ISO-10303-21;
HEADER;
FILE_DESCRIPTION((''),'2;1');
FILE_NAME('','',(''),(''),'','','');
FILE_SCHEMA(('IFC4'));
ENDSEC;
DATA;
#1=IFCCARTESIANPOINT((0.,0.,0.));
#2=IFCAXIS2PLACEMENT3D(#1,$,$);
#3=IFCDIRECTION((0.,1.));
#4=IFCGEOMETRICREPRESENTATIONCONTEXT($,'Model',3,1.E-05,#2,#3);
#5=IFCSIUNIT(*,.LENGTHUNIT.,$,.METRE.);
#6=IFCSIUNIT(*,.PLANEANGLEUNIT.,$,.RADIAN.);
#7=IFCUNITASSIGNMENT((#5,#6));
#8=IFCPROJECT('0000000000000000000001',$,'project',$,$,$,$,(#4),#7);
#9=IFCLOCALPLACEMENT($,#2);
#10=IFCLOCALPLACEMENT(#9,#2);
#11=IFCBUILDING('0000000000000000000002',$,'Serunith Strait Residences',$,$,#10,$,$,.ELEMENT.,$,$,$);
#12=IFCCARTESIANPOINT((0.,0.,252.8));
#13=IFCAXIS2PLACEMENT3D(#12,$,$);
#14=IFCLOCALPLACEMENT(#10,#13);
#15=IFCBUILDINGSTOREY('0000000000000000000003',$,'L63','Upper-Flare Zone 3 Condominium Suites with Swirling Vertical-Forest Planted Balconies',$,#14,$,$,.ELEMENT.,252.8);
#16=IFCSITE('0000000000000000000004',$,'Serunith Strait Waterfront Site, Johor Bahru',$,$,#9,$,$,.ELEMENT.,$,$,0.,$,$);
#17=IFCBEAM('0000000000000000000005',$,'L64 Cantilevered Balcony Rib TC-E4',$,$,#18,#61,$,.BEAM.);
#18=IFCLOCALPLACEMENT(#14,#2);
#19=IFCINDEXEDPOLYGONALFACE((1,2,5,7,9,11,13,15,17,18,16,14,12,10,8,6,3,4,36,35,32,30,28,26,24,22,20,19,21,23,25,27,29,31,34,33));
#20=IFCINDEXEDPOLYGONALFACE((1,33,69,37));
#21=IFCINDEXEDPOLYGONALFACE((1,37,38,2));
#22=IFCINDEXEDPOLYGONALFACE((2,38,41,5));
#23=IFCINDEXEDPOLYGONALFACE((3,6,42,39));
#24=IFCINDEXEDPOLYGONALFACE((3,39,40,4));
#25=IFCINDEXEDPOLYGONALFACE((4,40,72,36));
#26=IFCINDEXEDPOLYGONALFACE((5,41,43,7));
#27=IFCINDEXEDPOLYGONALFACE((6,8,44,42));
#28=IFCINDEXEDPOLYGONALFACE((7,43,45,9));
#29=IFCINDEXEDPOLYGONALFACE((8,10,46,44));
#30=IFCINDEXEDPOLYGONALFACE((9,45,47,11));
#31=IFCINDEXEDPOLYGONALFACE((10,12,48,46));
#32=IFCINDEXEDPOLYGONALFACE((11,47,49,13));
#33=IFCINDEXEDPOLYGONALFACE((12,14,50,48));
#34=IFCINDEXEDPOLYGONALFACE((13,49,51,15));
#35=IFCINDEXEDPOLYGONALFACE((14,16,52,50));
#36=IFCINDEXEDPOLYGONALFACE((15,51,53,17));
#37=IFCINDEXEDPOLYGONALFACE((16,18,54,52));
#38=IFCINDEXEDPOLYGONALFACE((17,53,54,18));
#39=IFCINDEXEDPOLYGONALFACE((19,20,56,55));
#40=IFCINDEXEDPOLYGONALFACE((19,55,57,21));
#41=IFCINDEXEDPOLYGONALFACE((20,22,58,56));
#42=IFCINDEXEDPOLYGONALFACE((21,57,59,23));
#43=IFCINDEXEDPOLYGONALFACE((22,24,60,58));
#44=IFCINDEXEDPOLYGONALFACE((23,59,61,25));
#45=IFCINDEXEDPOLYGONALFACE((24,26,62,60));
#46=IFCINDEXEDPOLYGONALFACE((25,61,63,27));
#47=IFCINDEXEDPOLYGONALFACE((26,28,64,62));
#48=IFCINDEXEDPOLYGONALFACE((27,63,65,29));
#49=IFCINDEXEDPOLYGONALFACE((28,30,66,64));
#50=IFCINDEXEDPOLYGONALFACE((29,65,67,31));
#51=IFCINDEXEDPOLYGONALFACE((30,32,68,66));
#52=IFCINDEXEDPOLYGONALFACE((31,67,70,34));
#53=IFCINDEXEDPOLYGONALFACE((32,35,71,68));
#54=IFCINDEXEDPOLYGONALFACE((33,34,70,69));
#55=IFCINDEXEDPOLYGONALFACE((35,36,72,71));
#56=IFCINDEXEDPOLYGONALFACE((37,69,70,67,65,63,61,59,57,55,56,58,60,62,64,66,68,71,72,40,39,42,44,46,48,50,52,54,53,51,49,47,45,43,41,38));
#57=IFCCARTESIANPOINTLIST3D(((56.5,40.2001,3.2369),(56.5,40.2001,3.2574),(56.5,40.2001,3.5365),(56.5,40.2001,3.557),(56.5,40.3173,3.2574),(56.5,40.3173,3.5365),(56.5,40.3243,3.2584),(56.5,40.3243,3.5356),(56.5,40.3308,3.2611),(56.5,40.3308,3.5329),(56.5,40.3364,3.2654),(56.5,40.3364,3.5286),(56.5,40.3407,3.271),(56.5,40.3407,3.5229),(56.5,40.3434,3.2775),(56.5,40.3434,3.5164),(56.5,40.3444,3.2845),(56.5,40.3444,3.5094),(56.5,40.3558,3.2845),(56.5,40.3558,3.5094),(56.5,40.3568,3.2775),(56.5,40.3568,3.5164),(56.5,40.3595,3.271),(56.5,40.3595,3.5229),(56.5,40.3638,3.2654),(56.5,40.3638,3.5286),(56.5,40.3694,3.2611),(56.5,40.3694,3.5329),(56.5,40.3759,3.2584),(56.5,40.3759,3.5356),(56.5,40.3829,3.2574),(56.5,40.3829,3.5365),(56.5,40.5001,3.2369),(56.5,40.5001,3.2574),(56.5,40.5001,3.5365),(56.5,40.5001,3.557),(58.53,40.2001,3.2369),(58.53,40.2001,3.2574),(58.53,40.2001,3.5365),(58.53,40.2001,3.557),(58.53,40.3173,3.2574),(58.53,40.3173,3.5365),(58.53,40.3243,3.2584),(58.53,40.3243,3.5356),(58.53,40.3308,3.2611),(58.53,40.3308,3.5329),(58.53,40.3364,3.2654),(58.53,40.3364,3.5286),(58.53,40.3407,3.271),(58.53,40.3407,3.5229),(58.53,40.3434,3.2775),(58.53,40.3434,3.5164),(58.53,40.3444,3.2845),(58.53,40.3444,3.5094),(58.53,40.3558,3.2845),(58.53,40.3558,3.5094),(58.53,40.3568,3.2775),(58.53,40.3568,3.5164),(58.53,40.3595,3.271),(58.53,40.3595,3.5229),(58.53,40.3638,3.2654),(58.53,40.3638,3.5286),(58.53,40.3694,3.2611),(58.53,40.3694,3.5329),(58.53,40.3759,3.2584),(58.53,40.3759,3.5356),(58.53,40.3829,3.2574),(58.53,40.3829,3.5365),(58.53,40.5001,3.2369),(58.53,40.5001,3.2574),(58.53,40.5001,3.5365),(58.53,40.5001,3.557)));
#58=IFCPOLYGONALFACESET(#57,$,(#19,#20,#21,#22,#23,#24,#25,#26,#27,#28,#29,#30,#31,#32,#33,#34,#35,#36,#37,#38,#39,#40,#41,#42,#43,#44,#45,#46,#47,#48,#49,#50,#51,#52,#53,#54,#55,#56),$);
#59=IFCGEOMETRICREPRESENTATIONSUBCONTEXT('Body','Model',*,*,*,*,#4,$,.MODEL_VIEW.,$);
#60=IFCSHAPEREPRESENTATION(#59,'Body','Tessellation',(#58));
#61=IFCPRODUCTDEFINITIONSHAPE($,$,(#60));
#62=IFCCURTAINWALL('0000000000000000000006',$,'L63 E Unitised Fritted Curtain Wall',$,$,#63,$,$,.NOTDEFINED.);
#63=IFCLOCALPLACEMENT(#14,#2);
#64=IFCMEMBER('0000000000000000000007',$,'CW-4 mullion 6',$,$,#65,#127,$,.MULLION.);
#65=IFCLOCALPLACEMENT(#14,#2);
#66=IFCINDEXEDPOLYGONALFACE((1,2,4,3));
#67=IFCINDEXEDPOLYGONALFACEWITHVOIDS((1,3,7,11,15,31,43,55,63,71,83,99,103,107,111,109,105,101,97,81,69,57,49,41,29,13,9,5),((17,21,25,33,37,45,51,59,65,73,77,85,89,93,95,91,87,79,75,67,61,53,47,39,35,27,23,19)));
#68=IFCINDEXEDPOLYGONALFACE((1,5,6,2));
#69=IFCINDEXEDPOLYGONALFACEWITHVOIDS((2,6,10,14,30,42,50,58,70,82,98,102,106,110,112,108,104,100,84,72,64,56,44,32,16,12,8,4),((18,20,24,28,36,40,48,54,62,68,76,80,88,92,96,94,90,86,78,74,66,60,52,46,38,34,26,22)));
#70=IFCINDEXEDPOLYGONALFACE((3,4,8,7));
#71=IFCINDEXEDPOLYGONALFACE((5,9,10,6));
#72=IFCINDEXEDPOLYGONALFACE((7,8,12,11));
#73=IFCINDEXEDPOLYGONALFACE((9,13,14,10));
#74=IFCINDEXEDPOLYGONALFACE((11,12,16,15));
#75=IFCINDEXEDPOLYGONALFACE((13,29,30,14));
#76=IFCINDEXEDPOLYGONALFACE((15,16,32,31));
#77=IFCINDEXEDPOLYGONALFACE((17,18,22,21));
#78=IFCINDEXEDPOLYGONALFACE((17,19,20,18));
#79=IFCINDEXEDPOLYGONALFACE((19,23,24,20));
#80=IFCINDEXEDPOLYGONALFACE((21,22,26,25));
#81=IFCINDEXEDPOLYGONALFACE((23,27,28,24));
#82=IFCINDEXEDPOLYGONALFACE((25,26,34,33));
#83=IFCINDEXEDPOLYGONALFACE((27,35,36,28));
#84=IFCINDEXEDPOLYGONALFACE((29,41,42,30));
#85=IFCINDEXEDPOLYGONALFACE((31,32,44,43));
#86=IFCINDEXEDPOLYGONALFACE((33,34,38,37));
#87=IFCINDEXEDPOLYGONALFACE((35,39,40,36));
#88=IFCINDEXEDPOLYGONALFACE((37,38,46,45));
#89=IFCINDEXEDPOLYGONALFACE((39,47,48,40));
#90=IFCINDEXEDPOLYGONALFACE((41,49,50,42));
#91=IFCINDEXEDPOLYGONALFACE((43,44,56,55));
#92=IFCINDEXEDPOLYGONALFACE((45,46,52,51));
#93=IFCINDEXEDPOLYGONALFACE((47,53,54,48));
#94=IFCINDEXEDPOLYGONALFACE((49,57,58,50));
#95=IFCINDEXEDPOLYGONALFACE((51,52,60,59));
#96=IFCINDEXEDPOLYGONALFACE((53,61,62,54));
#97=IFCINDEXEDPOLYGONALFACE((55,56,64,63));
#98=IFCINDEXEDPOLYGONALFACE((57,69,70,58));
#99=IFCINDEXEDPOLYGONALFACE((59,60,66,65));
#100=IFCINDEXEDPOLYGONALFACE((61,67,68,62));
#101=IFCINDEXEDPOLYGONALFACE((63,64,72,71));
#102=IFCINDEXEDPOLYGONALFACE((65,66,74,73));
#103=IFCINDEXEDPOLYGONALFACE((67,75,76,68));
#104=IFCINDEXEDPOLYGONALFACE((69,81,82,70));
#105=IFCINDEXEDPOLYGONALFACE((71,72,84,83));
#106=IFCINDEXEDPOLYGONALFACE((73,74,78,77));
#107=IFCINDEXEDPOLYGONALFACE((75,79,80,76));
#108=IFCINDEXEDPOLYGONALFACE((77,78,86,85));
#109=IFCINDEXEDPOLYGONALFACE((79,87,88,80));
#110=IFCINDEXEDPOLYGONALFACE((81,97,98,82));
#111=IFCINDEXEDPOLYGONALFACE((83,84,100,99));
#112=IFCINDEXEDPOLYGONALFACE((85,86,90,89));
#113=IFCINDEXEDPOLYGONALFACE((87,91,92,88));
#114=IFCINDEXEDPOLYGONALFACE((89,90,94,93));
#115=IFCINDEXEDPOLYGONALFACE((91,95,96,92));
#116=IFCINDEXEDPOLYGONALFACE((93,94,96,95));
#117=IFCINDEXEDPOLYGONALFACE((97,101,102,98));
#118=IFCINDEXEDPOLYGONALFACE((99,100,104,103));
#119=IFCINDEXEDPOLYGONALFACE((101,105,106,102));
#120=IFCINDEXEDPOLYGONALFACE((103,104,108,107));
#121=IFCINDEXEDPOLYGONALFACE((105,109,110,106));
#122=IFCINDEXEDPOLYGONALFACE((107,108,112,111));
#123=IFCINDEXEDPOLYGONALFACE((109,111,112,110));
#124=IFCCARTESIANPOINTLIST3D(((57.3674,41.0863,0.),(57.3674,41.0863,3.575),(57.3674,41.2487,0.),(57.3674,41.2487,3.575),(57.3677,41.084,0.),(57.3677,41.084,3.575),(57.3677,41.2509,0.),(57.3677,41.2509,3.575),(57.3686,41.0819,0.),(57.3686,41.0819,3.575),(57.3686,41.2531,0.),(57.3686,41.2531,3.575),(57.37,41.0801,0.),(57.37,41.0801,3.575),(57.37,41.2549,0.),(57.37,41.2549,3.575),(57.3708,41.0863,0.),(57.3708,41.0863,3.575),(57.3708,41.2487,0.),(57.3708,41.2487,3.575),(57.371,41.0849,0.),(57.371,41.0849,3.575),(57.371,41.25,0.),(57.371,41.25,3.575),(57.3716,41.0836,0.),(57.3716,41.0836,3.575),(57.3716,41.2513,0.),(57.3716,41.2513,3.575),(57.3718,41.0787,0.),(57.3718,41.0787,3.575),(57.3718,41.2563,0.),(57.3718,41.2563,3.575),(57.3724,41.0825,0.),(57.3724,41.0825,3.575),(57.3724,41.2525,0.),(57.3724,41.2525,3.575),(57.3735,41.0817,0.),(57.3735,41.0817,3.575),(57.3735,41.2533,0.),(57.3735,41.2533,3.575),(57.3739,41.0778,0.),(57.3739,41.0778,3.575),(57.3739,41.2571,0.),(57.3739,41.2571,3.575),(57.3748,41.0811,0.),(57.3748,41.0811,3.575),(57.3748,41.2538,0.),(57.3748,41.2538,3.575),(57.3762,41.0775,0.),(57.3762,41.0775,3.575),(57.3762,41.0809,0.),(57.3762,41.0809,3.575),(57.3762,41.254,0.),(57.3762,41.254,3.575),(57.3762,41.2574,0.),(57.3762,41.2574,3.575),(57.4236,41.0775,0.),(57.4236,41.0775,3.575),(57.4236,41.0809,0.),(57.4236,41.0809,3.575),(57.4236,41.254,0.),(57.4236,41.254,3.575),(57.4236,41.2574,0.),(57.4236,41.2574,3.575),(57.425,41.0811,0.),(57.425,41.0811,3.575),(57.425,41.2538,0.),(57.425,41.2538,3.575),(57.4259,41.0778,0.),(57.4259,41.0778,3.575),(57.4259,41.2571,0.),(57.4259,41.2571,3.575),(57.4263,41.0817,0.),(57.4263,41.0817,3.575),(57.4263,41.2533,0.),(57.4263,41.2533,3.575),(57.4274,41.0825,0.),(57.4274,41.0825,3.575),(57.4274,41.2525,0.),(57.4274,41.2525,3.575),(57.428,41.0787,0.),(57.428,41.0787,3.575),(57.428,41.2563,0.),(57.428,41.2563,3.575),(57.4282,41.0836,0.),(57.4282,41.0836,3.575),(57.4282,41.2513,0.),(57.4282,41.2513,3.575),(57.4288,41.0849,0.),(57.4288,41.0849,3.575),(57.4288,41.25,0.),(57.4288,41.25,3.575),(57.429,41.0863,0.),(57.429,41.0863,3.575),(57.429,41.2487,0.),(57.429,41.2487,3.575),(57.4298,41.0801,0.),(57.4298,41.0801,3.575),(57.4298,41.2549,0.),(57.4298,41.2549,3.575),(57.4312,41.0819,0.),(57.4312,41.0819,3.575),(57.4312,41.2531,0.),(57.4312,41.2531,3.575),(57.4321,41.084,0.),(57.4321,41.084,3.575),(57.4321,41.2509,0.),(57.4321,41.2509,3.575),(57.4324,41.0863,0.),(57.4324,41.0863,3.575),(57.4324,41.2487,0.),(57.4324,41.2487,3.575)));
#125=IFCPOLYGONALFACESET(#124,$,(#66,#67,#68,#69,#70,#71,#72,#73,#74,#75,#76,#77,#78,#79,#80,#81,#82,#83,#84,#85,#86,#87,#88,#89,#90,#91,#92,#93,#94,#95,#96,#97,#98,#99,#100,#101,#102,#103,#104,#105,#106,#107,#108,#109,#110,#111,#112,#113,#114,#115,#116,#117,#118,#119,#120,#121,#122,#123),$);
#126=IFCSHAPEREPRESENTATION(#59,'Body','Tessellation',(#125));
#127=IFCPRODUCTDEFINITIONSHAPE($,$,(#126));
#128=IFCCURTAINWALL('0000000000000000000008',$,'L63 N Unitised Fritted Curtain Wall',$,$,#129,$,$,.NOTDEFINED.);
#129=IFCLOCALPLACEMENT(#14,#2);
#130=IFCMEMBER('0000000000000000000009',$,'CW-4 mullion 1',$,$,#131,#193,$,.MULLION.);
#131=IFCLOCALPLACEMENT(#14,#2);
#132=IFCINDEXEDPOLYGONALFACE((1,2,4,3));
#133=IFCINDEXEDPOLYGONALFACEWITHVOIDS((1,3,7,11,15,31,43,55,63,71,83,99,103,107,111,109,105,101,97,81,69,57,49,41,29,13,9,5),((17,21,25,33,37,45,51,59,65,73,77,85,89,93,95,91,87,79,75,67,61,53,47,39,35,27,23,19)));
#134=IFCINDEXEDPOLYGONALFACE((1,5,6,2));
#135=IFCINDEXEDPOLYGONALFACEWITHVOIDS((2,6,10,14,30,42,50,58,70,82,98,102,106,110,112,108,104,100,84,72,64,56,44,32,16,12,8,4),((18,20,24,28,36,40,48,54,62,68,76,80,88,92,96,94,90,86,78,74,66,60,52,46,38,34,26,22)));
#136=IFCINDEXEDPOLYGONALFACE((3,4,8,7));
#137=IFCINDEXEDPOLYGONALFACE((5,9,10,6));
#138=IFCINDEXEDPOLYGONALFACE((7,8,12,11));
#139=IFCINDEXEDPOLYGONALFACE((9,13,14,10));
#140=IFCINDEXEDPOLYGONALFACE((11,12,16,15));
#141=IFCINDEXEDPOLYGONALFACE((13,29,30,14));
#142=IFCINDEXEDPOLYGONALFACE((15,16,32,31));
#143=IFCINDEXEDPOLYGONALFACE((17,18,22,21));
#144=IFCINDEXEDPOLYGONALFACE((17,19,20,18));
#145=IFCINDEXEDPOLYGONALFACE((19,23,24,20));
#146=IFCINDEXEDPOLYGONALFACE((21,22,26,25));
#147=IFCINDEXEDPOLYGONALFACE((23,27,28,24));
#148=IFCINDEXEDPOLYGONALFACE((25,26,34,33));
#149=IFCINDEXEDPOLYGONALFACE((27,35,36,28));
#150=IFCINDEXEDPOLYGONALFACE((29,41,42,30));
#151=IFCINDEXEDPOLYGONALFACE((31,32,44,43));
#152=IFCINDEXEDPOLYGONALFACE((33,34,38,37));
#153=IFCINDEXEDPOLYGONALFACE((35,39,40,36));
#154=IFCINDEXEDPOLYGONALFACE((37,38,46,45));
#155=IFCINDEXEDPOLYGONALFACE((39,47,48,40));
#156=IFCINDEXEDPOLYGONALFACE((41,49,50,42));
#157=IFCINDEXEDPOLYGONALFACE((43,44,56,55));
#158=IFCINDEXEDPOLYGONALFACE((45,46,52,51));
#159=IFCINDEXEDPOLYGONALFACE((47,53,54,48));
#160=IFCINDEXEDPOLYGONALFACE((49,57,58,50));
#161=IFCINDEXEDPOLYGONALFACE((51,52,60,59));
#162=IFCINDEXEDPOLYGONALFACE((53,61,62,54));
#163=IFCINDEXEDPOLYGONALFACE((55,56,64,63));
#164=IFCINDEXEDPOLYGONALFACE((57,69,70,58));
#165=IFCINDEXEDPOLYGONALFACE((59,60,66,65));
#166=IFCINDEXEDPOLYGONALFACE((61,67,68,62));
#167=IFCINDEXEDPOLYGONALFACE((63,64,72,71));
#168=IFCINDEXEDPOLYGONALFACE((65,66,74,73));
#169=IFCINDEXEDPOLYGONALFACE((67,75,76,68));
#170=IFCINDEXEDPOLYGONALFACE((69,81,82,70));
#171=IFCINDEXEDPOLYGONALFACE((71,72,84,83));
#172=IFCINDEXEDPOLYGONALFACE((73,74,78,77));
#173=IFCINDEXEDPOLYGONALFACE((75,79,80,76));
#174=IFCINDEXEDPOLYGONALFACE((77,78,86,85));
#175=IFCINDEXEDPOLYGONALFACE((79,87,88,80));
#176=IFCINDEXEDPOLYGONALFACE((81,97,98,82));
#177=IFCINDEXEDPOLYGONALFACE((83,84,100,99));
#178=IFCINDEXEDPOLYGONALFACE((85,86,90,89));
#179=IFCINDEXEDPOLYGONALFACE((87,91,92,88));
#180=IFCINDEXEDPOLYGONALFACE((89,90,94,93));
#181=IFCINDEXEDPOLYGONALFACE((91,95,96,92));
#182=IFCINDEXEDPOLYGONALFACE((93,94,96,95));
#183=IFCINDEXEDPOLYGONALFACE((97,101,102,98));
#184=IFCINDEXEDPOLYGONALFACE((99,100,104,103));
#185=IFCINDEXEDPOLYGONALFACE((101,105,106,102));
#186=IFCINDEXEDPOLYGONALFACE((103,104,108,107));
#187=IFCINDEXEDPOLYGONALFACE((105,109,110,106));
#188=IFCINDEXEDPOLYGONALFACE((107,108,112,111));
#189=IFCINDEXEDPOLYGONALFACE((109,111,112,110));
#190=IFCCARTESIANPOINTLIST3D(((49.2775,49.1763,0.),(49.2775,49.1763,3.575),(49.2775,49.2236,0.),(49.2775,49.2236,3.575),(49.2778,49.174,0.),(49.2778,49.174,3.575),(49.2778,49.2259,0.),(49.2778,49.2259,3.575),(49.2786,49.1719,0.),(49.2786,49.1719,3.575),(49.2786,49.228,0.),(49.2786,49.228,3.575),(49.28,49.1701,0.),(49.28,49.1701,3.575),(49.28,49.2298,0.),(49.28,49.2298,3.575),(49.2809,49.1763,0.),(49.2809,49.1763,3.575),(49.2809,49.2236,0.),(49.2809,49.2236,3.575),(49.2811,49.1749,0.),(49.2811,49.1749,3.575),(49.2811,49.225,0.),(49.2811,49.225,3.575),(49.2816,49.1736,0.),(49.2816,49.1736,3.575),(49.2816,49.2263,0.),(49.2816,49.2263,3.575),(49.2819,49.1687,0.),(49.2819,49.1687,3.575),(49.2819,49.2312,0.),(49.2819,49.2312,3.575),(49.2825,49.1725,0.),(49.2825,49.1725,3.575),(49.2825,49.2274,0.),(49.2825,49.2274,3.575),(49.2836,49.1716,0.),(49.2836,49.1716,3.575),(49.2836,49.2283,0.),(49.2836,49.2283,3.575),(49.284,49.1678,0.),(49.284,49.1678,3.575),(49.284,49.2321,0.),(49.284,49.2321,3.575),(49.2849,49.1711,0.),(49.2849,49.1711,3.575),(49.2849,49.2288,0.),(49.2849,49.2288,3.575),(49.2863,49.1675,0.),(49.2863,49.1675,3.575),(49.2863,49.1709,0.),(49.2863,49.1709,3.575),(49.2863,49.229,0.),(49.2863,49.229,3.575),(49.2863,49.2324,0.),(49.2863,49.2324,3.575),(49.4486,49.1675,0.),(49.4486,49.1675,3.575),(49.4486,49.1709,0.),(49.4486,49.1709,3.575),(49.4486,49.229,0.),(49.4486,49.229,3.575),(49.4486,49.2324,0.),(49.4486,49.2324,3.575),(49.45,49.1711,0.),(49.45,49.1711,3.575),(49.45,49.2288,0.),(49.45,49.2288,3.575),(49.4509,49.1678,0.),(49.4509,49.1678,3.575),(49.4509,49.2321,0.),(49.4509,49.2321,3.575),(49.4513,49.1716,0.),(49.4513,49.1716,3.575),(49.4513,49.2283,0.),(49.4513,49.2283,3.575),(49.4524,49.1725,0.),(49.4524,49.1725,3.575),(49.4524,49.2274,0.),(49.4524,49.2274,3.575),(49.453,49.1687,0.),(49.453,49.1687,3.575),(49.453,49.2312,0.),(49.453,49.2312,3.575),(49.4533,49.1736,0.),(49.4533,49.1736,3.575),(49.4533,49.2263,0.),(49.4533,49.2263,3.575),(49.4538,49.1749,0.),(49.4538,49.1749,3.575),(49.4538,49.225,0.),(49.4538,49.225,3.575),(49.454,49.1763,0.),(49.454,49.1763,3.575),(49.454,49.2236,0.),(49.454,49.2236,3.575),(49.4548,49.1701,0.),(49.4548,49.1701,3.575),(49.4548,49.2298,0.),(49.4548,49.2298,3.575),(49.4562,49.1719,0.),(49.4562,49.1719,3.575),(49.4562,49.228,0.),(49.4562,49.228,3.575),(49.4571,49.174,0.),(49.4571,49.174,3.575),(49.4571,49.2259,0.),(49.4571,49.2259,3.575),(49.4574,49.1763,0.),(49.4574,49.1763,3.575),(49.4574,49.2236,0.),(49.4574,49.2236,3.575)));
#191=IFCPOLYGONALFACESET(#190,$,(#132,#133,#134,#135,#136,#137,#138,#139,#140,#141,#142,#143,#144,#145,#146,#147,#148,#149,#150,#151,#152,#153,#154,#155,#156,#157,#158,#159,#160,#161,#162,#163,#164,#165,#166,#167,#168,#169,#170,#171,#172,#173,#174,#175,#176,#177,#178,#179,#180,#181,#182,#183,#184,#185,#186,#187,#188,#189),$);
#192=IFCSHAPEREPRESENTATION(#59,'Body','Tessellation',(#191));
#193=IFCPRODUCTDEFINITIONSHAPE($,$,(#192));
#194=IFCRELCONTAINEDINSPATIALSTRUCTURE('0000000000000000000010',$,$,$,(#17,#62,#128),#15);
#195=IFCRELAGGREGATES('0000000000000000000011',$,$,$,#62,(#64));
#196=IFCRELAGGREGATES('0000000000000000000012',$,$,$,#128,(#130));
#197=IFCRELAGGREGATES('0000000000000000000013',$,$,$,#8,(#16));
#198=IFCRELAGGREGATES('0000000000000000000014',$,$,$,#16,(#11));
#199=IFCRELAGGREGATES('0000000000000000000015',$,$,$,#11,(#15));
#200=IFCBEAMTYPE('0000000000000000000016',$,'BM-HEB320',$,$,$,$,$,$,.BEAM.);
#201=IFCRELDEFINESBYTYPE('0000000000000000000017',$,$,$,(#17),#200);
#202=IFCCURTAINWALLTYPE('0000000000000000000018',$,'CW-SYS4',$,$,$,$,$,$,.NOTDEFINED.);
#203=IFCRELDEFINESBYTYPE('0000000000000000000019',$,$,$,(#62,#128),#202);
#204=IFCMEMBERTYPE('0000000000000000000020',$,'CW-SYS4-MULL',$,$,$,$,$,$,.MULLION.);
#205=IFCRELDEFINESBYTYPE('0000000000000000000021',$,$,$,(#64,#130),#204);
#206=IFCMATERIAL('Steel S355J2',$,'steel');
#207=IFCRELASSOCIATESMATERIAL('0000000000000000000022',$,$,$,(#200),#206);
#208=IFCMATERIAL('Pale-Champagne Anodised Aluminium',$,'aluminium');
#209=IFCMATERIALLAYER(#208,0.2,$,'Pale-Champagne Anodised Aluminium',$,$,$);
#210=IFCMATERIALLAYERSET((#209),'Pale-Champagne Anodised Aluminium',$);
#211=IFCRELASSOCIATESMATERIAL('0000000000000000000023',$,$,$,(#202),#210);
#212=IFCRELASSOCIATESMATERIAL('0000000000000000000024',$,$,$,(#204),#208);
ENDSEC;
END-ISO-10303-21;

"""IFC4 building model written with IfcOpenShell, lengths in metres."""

from ifc_helpers import new_model, si_unit, direction, frame, origin, origin_2d, place, context, subcontext, project, spatial, hollow_rectangle, i_section, extrude, source, transform, mapped, material, layer, layer_set, material_profile, profile_set, type_object, element, aggregate, save


model = new_model("IFC4")

# Units and contexts
model_context = context("Model", 3, precision=1e-05, world=origin(), true_north=direction((0.0, 1.0)))
body_context = subcontext(model_context, "Body", "Model", "MODEL_VIEW")
ifc_project = project(units=[si_unit("LENGTHUNIT", "METRE"), si_unit("PLANEANGLEUNIT", "RADIAN")], contexts=[model_context])

# Site, building, storey
site_placement = place(None, origin())
site = spatial("IfcSite", under=ifc_project, at=site_placement, Name="Serunith Strait Waterfront Site, Johor Bahru", CompositionType="ELEMENT", RefElevation=0.0)
building_placement = place(site_placement, origin())
building = spatial("IfcBuilding", under=site, at=building_placement, Name="Serunith Strait Residences", CompositionType="ELEMENT")
storey_placement = place(building_placement, frame((0.0, 0.0, 252.8)))
storey = spatial("IfcBuildingStorey", under=building, at=storey_placement, Name="L63", Description="Upper-Flare Zone 3 Condominium Suites with Swirling Vertical-Forest Planted Balconies", CompositionType="ELEMENT", Elevation=252.8)

# Beam
ifc_material_1 = material(Name="Steel S355J2", Category="steel")
ifc_material_profile_1 = material_profile(ifc_material_1, i_section(OverallWidth=0.3, OverallDepth=0.3201, WebThickness=0.0115, FlangeThickness=0.0205, FilletRadius=0.0271, at=origin_2d()), Name="HEB 320")
ifc_profile_set_1 = profile_set([ifc_material_profile_1], Name="Steel S355J2")
beam_type_1 = type_object("IfcBeamType", Name="BM-HEB320", PredefinedType="BEAM", material=ifc_profile_set_1)
shared_shape_1 = source(origin(), body_context, "Body", "SweptSolid", [
    extrude(i_section(OverallWidth=0.3, OverallDepth=0.3201, WebThickness=0.0115, FlangeThickness=0.0205, FilletRadius=0.0271, at=origin_2d()), origin(), (0.0, 0.0, 1.0), 2.03),
])
for number, where, z_axis, x_axis, name in (
    (1, (56.5, 40.3501, 3.397), (1.0, 0.0, 0.0), (0.0, 1.0, 0.0), "L64 Cantilevered Balcony Rib TC-E4"),
):
    element("IfcBeam", number, at=place(storey_placement, frame(where, z_axis=z_axis, x_axis=x_axis)), inside=storey, type_object=beam_type_1, Name=name, PredefinedType="BEAM", context=body_context, shape_type="MappedRepresentation", body=[
        mapped(shared_shape_1, transform((0.0, 0.0, 0.0), scale=1.0)),
    ])

# Curtain wall, member
ifc_material_2 = material(Name="Pale-Champagne Anodised Aluminium", Category="aluminium")
ifc_layer_1 = layer(ifc_material_2, 0.2, Name="Pale-Champagne Anodised Aluminium")
ifc_layer_set_1 = layer_set([ifc_layer_1], Name="Pale-Champagne Anodised Aluminium")
curtain_wall_type = type_object("IfcCurtainWallType", Name="CW-SYS4", PredefinedType="NOTDEFINED", material=ifc_layer_set_1)
curtain_wall_1_placement = place(storey_placement, origin())
curtain_wall_1 = element("IfcCurtainWall", 2, at=curtain_wall_1_placement, inside=storey, type_object=curtain_wall_type, Name="L63 E Unitised Fritted Curtain Wall", PredefinedType="NOTDEFINED")
ifc_material_profile_2 = material_profile(ifc_material_2, hollow_rectangle(XDim=0.0649, YDim=0.1799, WallThickness=0.0034, InnerFilletRadius=0.0054, OuterFilletRadius=0.0088, at=origin_2d()), Name="ALU 180x65x3.5")
ifc_profile_set_2 = profile_set([ifc_material_profile_2], Name="Pale-Champagne Anodised Aluminium")
member_type_1 = type_object("IfcMemberType", Name="CW-SYS4-MULL", PredefinedType="MULLION", material=ifc_profile_set_2)
shared_shape_2 = source(origin(), body_context, "Body", "SweptSolid", [
    extrude(hollow_rectangle(XDim=0.0649, YDim=0.1799, WallThickness=0.0034, InnerFilletRadius=0.0054, OuterFilletRadius=0.0088, at=origin_2d()), origin(), (0.0, 0.0, 1.0), 3.575),
])
member_1_placement = place(storey_placement, frame((57.3999, 41.1675, 0.0), z_axis=(0.0, 0.0, 1.0), x_axis=(-1.0, 0.0, 0.0)))
member_1 = element("IfcMember", 3, at=member_1_placement, type_object=member_type_1, Name="CW-4 mullion 6", PredefinedType="MULLION", context=body_context, shape_type="MappedRepresentation", body=[
    mapped(shared_shape_2, transform((0.0, 0.0, 0.0), scale=1.0)),
])

# Curtain wall, member
curtain_wall_2_placement = place(storey_placement, origin())
curtain_wall_2 = element("IfcCurtainWall", 4, at=curtain_wall_2_placement, inside=storey, type_object=curtain_wall_type, Name="L63 N Unitised Fritted Curtain Wall", PredefinedType="NOTDEFINED")
member_2_placement = place(storey_placement, frame((49.3674, 49.2, 0.0), z_axis=(0.0, 0.0, 1.0), x_axis=(0.0, -1.0, 0.0)))
member_2 = element("IfcMember", 5, at=member_2_placement, type_object=member_type_1, Name="CW-4 mullion 1", PredefinedType="MULLION", context=body_context, shape_type="MappedRepresentation", body=[
    mapped(shared_shape_2, transform((0.0, 0.0, 0.0), scale=1.0)),
])

aggregate(curtain_wall_1, [member_1])
aggregate(curtain_wall_2, [member_2])

save(model, "model.ifc")
